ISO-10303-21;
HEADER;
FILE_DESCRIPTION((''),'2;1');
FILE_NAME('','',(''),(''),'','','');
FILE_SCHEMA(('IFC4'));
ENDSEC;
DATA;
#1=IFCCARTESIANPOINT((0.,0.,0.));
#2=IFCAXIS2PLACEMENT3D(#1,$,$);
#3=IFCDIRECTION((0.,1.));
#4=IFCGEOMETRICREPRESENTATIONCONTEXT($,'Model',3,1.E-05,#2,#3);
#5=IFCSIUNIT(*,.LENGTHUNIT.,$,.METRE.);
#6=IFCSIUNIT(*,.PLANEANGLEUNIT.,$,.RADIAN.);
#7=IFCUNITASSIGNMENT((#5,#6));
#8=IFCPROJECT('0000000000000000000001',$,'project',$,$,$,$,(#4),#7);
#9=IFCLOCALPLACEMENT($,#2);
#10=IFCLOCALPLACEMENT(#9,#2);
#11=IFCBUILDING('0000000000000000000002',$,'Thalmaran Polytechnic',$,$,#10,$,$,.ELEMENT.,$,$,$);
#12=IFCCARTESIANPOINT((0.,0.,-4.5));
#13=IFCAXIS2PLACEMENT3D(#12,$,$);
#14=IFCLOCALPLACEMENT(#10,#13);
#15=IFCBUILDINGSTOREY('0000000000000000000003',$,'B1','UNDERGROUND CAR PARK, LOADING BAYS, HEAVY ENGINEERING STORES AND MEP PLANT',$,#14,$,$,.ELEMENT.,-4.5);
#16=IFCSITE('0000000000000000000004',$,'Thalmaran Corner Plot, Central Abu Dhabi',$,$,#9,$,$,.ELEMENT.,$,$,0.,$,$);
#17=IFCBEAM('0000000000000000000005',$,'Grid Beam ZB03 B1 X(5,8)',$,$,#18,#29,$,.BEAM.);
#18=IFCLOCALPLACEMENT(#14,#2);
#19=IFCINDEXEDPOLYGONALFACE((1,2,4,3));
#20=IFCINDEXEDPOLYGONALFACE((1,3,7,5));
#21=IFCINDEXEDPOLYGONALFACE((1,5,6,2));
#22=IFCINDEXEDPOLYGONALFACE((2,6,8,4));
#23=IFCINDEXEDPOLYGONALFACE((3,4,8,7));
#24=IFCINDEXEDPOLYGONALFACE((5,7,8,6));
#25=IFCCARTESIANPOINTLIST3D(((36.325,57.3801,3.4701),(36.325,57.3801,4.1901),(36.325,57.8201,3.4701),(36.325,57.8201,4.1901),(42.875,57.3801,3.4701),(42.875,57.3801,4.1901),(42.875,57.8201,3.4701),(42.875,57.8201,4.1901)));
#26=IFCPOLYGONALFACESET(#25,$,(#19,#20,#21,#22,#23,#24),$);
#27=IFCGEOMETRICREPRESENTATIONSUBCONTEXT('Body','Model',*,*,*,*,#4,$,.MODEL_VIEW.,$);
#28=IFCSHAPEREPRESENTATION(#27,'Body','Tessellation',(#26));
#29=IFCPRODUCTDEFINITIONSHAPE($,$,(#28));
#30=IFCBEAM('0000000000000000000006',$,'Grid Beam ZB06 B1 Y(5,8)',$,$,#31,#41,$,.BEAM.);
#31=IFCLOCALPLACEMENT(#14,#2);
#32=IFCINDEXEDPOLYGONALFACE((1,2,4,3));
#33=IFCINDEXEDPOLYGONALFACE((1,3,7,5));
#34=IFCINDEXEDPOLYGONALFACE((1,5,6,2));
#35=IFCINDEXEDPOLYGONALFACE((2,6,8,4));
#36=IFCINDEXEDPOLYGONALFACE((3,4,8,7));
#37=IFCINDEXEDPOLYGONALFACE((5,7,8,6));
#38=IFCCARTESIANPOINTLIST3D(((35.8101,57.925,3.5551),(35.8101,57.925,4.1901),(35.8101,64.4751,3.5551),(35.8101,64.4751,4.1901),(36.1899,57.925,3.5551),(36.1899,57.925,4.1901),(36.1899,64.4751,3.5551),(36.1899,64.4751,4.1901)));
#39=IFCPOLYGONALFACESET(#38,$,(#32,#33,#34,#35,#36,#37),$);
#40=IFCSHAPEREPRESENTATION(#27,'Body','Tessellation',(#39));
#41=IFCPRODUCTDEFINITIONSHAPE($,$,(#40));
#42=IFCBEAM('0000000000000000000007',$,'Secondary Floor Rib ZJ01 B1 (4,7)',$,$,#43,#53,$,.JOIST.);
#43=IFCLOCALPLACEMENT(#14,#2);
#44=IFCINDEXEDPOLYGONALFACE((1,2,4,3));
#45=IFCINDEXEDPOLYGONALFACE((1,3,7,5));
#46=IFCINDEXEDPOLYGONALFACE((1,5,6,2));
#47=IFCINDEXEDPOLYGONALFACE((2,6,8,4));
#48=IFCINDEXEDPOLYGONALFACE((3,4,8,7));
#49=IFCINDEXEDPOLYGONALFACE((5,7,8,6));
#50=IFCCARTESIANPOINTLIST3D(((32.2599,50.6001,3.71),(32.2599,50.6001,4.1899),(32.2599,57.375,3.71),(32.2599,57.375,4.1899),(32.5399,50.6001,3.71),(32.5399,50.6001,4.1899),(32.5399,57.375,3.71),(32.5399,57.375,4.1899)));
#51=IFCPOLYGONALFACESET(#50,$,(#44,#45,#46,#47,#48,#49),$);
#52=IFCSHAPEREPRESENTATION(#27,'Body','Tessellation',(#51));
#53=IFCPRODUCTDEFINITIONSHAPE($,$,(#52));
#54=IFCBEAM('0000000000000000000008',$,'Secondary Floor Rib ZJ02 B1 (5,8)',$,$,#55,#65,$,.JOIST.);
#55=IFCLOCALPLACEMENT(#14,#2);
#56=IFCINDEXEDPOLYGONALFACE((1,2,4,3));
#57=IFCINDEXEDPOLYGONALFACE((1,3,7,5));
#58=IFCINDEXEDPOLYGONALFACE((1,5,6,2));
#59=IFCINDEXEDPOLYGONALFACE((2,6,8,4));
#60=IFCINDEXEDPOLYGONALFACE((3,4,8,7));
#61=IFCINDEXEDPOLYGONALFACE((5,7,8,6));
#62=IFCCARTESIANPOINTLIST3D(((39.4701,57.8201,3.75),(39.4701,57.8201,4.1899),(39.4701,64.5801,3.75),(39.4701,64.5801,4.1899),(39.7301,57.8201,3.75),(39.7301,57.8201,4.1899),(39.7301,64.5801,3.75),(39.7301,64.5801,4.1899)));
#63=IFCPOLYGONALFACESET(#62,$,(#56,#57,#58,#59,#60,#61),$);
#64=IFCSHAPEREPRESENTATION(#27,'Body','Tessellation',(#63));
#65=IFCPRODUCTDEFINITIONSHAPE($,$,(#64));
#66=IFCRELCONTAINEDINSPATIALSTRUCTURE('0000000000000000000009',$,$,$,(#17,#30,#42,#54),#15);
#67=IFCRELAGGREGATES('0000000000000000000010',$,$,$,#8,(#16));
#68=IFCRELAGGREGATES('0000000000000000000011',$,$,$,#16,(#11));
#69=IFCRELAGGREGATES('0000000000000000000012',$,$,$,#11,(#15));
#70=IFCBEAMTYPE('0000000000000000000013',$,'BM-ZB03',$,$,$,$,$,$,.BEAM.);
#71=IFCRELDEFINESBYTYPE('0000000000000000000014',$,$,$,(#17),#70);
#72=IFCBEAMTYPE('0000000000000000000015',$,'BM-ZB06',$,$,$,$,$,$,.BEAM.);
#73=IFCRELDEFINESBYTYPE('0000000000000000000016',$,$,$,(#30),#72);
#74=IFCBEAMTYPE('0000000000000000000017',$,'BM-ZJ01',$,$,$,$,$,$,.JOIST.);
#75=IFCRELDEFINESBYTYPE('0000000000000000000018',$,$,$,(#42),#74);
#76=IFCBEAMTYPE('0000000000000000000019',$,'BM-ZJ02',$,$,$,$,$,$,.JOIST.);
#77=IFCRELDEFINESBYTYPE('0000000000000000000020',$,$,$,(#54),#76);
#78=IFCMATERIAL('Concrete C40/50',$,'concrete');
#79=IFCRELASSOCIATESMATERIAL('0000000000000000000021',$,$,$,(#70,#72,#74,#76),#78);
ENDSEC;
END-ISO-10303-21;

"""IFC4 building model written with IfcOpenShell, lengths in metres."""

from ifc_helpers import new_model, si_unit, direction, frame, origin, origin_2d, place, context, subcontext, project, spatial, rectangle, extrude, material, material_profile, profile_set, type_object, element, save


model = new_model("IFC4")

# Units and contexts
model_context = context("Model", 3, precision=1e-05, world=origin(), true_north=direction((0.0, 1.0)))
body_context = subcontext(model_context, "Body", "Model", "MODEL_VIEW")
ifc_project = project(units=[si_unit("LENGTHUNIT", "METRE"), si_unit("PLANEANGLEUNIT", "RADIAN")], contexts=[model_context])

# Site, building, storey
site_placement = place(None, origin())
site = spatial("IfcSite", under=ifc_project, at=site_placement, Name="Thalmaran Corner Plot, Central Abu Dhabi", CompositionType="ELEMENT", RefElevation=0.0)
building_placement = place(site_placement, origin())
building = spatial("IfcBuilding", under=site, at=building_placement, Name="Thalmaran Polytechnic", CompositionType="ELEMENT")
storey_placement = place(building_placement, frame((0.0, 0.0, -4.5)))
storey = spatial("IfcBuildingStorey", under=building, at=storey_placement, Name="B1", Description="UNDERGROUND CAR PARK, LOADING BAYS, HEAVY ENGINEERING STORES AND MEP PLANT", CompositionType="ELEMENT", Elevation=-4.5)

# Shared definitions
ifc_material_1 = material(Name="Concrete C40/50", Category="concrete")

# Beams
ifc_material_profile_1 = material_profile(ifc_material_1, rectangle(XDim=0.4399, YDim=0.72, at=origin_2d()), Name="RC 440x720")
ifc_profile_set_1 = profile_set([ifc_material_profile_1], Name="Concrete C40/50")
beam_type_1 = type_object("IfcBeamType", Name="BM-ZB03", PredefinedType="BEAM", material=ifc_profile_set_1)
beam_1_placement = place(storey_placement, frame((36.325, 57.6001, 3.8301), z_axis=(1.0, 0.0, 0.0), x_axis=(0.0, 1.0, 0.0)))
element("IfcBeam", 1, at=beam_1_placement, inside=storey, type_object=beam_type_1, Name="Grid Beam ZB03 B1 X(5,8)", PredefinedType="BEAM", context=body_context, shape_type="SweptSolid", body=[
    extrude(rectangle(XDim=0.4399, YDim=0.72, at=origin_2d()), origin(), (0.0, 0.0, 1.0), 6.55),
])
ifc_material_profile_2 = material_profile(ifc_material_1, rectangle(XDim=0.3799, YDim=0.635, at=origin_2d()), Name="RC 380x635")
ifc_profile_set_2 = profile_set([ifc_material_profile_2], Name="Concrete C40/50")
beam_type_2 = type_object("IfcBeamType", Name="BM-ZB06", PredefinedType="BEAM", material=ifc_profile_set_2)
beam_2_placement = place(storey_placement, frame((36.0, 57.925, 3.8726), z_axis=(0.0, 1.0, 0.0), x_axis=(-1.0, 0.0, 0.0)))
element("IfcBeam", 2, at=beam_2_placement, inside=storey, type_object=beam_type_2, Name="Grid Beam ZB06 B1 Y(5,8)", PredefinedType="BEAM", context=body_context, shape_type="SweptSolid", body=[
    extrude(rectangle(XDim=0.3799, YDim=0.635, at=origin_2d()), origin(), (0.0, 0.0, 1.0), 6.55),
])
ifc_material_profile_3 = material_profile(ifc_material_1, rectangle(XDim=0.28, YDim=0.48, at=origin_2d()), Name="RC 280x480")
ifc_profile_set_3 = profile_set([ifc_material_profile_3], Name="Concrete C40/50")
beam_type_3 = type_object("IfcBeamType", Name="BM-ZJ01", PredefinedType="JOIST", material=ifc_profile_set_3)
beam_3_placement = place(storey_placement, frame((32.3999, 50.6001, 3.95), z_axis=(0.0, 1.0, 0.0), x_axis=(-1.0, 0.0, 0.0)))
element("IfcBeam", 3, at=beam_3_placement, inside=storey, type_object=beam_type_3, Name="Secondary Floor Rib ZJ01 B1 (4,7)", PredefinedType="JOIST", context=body_context, shape_type="SweptSolid", body=[
    extrude(rectangle(XDim=0.28, YDim=0.48, at=origin_2d()), origin(), (0.0, 0.0, 1.0), 6.7749),
])
ifc_material_profile_4 = material_profile(ifc_material_1, rectangle(XDim=0.26, YDim=0.4399, at=origin_2d()), Name="RC 260x440")
ifc_profile_set_4 = profile_set([ifc_material_profile_4], Name="Concrete C40/50")
beam_type_4 = type_object("IfcBeamType", Name="BM-ZJ02", PredefinedType="JOIST", material=ifc_profile_set_4)
beam_4_placement = place(storey_placement, frame((39.6001, 57.8201, 3.97), z_axis=(0.0, 1.0, 0.0), x_axis=(-1.0, 0.0, 0.0)))
element("IfcBeam", 4, at=beam_4_placement, inside=storey, type_object=beam_type_4, Name="Secondary Floor Rib ZJ02 B1 (5,8)", PredefinedType="JOIST", context=body_context, shape_type="SweptSolid", body=[
    extrude(rectangle(XDim=0.26, YDim=0.4399, at=origin_2d()), origin(), (0.0, 0.0, 1.0), 6.76),
])

save(model, "model.ifc")
